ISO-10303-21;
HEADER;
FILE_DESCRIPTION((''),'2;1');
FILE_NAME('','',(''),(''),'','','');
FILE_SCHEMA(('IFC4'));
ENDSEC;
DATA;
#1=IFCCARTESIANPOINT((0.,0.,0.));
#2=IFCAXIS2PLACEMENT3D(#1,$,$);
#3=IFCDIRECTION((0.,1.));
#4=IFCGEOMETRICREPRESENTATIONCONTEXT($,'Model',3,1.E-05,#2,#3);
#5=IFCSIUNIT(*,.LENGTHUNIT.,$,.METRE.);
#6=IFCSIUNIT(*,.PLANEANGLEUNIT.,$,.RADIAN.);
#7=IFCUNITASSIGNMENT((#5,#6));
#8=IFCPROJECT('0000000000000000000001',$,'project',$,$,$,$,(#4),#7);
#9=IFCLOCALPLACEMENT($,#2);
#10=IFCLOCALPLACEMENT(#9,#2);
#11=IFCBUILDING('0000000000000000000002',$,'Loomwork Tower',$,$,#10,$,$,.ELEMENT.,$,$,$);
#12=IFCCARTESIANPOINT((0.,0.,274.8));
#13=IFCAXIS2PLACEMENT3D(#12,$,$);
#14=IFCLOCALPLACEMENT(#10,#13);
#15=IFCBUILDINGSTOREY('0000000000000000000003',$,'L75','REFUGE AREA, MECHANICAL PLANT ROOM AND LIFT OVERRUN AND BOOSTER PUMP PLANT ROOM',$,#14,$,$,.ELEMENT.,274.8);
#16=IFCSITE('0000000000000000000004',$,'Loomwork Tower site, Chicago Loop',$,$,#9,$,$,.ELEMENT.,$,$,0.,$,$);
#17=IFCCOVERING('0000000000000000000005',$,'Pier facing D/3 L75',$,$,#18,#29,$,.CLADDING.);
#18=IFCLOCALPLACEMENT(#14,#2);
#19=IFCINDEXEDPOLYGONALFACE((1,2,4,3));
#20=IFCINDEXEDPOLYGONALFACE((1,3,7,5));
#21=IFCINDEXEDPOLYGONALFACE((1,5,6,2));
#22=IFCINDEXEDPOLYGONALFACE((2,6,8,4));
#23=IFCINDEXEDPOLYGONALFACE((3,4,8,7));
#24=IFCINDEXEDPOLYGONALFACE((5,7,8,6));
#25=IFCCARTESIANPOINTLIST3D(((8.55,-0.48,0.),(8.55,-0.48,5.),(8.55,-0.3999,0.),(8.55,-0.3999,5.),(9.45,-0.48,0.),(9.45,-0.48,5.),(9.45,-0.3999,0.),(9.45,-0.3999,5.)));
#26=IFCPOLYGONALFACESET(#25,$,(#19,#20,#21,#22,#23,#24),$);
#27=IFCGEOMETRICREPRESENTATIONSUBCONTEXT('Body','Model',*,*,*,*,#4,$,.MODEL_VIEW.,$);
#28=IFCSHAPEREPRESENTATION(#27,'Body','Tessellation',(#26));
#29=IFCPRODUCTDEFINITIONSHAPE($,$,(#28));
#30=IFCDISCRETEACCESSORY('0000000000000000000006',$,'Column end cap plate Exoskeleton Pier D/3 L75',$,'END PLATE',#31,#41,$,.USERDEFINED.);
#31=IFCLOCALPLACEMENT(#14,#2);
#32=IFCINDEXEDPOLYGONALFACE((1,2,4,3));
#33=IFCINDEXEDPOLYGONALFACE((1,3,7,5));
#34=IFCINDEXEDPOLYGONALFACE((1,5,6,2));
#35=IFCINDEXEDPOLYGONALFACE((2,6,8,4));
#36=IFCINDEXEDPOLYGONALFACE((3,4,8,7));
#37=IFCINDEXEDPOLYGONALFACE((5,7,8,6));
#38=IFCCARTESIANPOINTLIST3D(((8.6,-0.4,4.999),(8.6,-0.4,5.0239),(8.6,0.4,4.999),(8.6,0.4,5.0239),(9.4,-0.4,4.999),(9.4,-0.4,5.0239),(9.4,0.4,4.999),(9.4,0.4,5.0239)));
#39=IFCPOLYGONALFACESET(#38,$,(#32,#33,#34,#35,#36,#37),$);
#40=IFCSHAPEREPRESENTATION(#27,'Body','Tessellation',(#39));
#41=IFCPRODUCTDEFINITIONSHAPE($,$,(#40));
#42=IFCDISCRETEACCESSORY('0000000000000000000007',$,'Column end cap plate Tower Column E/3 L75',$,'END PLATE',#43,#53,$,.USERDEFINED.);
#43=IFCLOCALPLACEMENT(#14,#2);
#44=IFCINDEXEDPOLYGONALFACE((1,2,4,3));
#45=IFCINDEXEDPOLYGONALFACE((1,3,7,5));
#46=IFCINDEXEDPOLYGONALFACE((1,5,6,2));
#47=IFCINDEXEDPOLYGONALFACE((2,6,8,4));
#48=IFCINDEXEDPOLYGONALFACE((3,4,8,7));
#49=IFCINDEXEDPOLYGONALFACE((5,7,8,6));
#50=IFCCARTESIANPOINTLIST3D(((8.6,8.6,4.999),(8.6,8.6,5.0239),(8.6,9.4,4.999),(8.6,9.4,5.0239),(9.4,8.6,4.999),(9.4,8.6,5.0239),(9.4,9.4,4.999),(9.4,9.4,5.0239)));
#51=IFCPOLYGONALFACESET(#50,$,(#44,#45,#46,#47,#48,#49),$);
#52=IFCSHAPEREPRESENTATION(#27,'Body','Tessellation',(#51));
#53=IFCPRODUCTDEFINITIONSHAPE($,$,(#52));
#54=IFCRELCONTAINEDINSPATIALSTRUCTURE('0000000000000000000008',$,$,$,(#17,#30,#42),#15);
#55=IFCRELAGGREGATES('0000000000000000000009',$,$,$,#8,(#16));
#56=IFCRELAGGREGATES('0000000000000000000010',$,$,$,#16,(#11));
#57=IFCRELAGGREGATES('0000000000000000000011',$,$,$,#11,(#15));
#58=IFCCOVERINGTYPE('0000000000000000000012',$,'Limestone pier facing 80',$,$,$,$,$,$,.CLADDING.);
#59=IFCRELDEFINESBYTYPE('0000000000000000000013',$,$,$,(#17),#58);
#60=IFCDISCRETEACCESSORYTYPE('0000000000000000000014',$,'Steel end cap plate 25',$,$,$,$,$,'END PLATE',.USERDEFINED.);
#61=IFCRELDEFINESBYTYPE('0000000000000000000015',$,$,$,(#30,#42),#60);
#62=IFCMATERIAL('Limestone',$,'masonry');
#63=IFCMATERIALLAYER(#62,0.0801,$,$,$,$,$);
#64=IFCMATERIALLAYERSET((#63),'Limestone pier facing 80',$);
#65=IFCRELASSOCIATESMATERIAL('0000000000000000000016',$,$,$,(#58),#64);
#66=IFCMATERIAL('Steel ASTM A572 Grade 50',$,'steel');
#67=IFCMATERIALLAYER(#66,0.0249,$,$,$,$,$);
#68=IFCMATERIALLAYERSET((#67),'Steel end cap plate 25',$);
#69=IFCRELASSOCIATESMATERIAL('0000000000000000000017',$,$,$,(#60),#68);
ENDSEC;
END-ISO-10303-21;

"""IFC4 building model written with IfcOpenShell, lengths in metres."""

from ifc_helpers import new_model, si_unit, direction, frame, origin, origin_2d, place, context, subcontext, project, spatial, rectangle, extrude, material, layer, layer_set, type_object, element, save


model = new_model("IFC4")

# Units and contexts
model_context = context("Model", 3, precision=1e-05, world=origin(), true_north=direction((0.0, 1.0)))
body_context = subcontext(model_context, "Body", "Model", "MODEL_VIEW")
ifc_project = project(units=[si_unit("LENGTHUNIT", "METRE"), si_unit("PLANEANGLEUNIT", "RADIAN")], contexts=[model_context])

# Site, building, storey
site_placement = place(None, origin())
site = spatial("IfcSite", under=ifc_project, at=site_placement, Name="Loomwork Tower site, Chicago Loop", CompositionType="ELEMENT", RefElevation=0.0)
building_placement = place(site_placement, origin())
building = spatial("IfcBuilding", under=site, at=building_placement, Name="Loomwork Tower", CompositionType="ELEMENT")
storey_placement = place(building_placement, frame((0.0, 0.0, 274.8)))
storey = spatial("IfcBuildingStorey", under=building, at=storey_placement, Name="L75", Description="REFUGE AREA, MECHANICAL PLANT ROOM AND LIFT OVERRUN AND BOOSTER PUMP PLANT ROOM", CompositionType="ELEMENT", Elevation=274.8)

# Covering
ifc_material_1 = material(Name="Limestone", Category="masonry")
ifc_layer_1 = layer(ifc_material_1, 0.0801)
ifc_layer_set_1 = layer_set([ifc_layer_1], Name="Limestone pier facing 80")
covering_type_1 = type_object("IfcCoveringType", Name="Limestone pier facing 80", PredefinedType="CLADDING", material=ifc_layer_set_1)
covering_1_placement = place(storey_placement, frame((9.0, -0.4399, 0.0), z_axis=(0.0, 0.0, 1.0), x_axis=(1.0, 0.0, 0.0)))
element("IfcCovering", 1, at=covering_1_placement, inside=storey, type_object=covering_type_1, Name="Pier facing D/3 L75", PredefinedType="CLADDING", context=body_context, shape_type="SweptSolid", body=[
    extrude(rectangle(XDim=0.8999, YDim=0.0801, at=origin_2d()), origin(), (0.0, 0.0, 1.0), 5.0),
])

# Discrete accessories
ifc_material_2 = material(Name="Steel ASTM A572 Grade 50", Category="steel")
ifc_layer_2 = layer(ifc_material_2, 0.0249)
ifc_layer_set_2 = layer_set([ifc_layer_2], Name="Steel end cap plate 25")
discrete_accessory_type = type_object("IfcDiscreteAccessoryType", Name="Steel end cap plate 25", ElementType="END PLATE", PredefinedType="USERDEFINED", material=ifc_layer_set_2)
for number, where, z_axis, x_axis, name in (
    (2, (9.0, 0.0, 4.999), (0.0, 0.0, 1.0), (1.0, 0.0, 0.0), "Column end cap plate Exoskeleton Pier D/3 L75"),
    (3, (9.0, 9.0, 4.999), (0.0, 0.0, 1.0), (1.0, 0.0, 0.0), "Column end cap plate Tower Column E/3 L75"),
):
    element("IfcDiscreteAccessory", number, at=place(storey_placement, frame(where, z_axis=z_axis, x_axis=x_axis)), inside=storey, type_object=discrete_accessory_type, Name=name, ObjectType="END PLATE", PredefinedType="USERDEFINED", context=body_context, shape_type="SweptSolid", body=[
        extrude(rectangle(XDim=0.8, YDim=0.8, at=origin_2d()), origin(), (0.0, 0.0, 1.0), 0.0249),
    ])

save(model, "model.ifc")
